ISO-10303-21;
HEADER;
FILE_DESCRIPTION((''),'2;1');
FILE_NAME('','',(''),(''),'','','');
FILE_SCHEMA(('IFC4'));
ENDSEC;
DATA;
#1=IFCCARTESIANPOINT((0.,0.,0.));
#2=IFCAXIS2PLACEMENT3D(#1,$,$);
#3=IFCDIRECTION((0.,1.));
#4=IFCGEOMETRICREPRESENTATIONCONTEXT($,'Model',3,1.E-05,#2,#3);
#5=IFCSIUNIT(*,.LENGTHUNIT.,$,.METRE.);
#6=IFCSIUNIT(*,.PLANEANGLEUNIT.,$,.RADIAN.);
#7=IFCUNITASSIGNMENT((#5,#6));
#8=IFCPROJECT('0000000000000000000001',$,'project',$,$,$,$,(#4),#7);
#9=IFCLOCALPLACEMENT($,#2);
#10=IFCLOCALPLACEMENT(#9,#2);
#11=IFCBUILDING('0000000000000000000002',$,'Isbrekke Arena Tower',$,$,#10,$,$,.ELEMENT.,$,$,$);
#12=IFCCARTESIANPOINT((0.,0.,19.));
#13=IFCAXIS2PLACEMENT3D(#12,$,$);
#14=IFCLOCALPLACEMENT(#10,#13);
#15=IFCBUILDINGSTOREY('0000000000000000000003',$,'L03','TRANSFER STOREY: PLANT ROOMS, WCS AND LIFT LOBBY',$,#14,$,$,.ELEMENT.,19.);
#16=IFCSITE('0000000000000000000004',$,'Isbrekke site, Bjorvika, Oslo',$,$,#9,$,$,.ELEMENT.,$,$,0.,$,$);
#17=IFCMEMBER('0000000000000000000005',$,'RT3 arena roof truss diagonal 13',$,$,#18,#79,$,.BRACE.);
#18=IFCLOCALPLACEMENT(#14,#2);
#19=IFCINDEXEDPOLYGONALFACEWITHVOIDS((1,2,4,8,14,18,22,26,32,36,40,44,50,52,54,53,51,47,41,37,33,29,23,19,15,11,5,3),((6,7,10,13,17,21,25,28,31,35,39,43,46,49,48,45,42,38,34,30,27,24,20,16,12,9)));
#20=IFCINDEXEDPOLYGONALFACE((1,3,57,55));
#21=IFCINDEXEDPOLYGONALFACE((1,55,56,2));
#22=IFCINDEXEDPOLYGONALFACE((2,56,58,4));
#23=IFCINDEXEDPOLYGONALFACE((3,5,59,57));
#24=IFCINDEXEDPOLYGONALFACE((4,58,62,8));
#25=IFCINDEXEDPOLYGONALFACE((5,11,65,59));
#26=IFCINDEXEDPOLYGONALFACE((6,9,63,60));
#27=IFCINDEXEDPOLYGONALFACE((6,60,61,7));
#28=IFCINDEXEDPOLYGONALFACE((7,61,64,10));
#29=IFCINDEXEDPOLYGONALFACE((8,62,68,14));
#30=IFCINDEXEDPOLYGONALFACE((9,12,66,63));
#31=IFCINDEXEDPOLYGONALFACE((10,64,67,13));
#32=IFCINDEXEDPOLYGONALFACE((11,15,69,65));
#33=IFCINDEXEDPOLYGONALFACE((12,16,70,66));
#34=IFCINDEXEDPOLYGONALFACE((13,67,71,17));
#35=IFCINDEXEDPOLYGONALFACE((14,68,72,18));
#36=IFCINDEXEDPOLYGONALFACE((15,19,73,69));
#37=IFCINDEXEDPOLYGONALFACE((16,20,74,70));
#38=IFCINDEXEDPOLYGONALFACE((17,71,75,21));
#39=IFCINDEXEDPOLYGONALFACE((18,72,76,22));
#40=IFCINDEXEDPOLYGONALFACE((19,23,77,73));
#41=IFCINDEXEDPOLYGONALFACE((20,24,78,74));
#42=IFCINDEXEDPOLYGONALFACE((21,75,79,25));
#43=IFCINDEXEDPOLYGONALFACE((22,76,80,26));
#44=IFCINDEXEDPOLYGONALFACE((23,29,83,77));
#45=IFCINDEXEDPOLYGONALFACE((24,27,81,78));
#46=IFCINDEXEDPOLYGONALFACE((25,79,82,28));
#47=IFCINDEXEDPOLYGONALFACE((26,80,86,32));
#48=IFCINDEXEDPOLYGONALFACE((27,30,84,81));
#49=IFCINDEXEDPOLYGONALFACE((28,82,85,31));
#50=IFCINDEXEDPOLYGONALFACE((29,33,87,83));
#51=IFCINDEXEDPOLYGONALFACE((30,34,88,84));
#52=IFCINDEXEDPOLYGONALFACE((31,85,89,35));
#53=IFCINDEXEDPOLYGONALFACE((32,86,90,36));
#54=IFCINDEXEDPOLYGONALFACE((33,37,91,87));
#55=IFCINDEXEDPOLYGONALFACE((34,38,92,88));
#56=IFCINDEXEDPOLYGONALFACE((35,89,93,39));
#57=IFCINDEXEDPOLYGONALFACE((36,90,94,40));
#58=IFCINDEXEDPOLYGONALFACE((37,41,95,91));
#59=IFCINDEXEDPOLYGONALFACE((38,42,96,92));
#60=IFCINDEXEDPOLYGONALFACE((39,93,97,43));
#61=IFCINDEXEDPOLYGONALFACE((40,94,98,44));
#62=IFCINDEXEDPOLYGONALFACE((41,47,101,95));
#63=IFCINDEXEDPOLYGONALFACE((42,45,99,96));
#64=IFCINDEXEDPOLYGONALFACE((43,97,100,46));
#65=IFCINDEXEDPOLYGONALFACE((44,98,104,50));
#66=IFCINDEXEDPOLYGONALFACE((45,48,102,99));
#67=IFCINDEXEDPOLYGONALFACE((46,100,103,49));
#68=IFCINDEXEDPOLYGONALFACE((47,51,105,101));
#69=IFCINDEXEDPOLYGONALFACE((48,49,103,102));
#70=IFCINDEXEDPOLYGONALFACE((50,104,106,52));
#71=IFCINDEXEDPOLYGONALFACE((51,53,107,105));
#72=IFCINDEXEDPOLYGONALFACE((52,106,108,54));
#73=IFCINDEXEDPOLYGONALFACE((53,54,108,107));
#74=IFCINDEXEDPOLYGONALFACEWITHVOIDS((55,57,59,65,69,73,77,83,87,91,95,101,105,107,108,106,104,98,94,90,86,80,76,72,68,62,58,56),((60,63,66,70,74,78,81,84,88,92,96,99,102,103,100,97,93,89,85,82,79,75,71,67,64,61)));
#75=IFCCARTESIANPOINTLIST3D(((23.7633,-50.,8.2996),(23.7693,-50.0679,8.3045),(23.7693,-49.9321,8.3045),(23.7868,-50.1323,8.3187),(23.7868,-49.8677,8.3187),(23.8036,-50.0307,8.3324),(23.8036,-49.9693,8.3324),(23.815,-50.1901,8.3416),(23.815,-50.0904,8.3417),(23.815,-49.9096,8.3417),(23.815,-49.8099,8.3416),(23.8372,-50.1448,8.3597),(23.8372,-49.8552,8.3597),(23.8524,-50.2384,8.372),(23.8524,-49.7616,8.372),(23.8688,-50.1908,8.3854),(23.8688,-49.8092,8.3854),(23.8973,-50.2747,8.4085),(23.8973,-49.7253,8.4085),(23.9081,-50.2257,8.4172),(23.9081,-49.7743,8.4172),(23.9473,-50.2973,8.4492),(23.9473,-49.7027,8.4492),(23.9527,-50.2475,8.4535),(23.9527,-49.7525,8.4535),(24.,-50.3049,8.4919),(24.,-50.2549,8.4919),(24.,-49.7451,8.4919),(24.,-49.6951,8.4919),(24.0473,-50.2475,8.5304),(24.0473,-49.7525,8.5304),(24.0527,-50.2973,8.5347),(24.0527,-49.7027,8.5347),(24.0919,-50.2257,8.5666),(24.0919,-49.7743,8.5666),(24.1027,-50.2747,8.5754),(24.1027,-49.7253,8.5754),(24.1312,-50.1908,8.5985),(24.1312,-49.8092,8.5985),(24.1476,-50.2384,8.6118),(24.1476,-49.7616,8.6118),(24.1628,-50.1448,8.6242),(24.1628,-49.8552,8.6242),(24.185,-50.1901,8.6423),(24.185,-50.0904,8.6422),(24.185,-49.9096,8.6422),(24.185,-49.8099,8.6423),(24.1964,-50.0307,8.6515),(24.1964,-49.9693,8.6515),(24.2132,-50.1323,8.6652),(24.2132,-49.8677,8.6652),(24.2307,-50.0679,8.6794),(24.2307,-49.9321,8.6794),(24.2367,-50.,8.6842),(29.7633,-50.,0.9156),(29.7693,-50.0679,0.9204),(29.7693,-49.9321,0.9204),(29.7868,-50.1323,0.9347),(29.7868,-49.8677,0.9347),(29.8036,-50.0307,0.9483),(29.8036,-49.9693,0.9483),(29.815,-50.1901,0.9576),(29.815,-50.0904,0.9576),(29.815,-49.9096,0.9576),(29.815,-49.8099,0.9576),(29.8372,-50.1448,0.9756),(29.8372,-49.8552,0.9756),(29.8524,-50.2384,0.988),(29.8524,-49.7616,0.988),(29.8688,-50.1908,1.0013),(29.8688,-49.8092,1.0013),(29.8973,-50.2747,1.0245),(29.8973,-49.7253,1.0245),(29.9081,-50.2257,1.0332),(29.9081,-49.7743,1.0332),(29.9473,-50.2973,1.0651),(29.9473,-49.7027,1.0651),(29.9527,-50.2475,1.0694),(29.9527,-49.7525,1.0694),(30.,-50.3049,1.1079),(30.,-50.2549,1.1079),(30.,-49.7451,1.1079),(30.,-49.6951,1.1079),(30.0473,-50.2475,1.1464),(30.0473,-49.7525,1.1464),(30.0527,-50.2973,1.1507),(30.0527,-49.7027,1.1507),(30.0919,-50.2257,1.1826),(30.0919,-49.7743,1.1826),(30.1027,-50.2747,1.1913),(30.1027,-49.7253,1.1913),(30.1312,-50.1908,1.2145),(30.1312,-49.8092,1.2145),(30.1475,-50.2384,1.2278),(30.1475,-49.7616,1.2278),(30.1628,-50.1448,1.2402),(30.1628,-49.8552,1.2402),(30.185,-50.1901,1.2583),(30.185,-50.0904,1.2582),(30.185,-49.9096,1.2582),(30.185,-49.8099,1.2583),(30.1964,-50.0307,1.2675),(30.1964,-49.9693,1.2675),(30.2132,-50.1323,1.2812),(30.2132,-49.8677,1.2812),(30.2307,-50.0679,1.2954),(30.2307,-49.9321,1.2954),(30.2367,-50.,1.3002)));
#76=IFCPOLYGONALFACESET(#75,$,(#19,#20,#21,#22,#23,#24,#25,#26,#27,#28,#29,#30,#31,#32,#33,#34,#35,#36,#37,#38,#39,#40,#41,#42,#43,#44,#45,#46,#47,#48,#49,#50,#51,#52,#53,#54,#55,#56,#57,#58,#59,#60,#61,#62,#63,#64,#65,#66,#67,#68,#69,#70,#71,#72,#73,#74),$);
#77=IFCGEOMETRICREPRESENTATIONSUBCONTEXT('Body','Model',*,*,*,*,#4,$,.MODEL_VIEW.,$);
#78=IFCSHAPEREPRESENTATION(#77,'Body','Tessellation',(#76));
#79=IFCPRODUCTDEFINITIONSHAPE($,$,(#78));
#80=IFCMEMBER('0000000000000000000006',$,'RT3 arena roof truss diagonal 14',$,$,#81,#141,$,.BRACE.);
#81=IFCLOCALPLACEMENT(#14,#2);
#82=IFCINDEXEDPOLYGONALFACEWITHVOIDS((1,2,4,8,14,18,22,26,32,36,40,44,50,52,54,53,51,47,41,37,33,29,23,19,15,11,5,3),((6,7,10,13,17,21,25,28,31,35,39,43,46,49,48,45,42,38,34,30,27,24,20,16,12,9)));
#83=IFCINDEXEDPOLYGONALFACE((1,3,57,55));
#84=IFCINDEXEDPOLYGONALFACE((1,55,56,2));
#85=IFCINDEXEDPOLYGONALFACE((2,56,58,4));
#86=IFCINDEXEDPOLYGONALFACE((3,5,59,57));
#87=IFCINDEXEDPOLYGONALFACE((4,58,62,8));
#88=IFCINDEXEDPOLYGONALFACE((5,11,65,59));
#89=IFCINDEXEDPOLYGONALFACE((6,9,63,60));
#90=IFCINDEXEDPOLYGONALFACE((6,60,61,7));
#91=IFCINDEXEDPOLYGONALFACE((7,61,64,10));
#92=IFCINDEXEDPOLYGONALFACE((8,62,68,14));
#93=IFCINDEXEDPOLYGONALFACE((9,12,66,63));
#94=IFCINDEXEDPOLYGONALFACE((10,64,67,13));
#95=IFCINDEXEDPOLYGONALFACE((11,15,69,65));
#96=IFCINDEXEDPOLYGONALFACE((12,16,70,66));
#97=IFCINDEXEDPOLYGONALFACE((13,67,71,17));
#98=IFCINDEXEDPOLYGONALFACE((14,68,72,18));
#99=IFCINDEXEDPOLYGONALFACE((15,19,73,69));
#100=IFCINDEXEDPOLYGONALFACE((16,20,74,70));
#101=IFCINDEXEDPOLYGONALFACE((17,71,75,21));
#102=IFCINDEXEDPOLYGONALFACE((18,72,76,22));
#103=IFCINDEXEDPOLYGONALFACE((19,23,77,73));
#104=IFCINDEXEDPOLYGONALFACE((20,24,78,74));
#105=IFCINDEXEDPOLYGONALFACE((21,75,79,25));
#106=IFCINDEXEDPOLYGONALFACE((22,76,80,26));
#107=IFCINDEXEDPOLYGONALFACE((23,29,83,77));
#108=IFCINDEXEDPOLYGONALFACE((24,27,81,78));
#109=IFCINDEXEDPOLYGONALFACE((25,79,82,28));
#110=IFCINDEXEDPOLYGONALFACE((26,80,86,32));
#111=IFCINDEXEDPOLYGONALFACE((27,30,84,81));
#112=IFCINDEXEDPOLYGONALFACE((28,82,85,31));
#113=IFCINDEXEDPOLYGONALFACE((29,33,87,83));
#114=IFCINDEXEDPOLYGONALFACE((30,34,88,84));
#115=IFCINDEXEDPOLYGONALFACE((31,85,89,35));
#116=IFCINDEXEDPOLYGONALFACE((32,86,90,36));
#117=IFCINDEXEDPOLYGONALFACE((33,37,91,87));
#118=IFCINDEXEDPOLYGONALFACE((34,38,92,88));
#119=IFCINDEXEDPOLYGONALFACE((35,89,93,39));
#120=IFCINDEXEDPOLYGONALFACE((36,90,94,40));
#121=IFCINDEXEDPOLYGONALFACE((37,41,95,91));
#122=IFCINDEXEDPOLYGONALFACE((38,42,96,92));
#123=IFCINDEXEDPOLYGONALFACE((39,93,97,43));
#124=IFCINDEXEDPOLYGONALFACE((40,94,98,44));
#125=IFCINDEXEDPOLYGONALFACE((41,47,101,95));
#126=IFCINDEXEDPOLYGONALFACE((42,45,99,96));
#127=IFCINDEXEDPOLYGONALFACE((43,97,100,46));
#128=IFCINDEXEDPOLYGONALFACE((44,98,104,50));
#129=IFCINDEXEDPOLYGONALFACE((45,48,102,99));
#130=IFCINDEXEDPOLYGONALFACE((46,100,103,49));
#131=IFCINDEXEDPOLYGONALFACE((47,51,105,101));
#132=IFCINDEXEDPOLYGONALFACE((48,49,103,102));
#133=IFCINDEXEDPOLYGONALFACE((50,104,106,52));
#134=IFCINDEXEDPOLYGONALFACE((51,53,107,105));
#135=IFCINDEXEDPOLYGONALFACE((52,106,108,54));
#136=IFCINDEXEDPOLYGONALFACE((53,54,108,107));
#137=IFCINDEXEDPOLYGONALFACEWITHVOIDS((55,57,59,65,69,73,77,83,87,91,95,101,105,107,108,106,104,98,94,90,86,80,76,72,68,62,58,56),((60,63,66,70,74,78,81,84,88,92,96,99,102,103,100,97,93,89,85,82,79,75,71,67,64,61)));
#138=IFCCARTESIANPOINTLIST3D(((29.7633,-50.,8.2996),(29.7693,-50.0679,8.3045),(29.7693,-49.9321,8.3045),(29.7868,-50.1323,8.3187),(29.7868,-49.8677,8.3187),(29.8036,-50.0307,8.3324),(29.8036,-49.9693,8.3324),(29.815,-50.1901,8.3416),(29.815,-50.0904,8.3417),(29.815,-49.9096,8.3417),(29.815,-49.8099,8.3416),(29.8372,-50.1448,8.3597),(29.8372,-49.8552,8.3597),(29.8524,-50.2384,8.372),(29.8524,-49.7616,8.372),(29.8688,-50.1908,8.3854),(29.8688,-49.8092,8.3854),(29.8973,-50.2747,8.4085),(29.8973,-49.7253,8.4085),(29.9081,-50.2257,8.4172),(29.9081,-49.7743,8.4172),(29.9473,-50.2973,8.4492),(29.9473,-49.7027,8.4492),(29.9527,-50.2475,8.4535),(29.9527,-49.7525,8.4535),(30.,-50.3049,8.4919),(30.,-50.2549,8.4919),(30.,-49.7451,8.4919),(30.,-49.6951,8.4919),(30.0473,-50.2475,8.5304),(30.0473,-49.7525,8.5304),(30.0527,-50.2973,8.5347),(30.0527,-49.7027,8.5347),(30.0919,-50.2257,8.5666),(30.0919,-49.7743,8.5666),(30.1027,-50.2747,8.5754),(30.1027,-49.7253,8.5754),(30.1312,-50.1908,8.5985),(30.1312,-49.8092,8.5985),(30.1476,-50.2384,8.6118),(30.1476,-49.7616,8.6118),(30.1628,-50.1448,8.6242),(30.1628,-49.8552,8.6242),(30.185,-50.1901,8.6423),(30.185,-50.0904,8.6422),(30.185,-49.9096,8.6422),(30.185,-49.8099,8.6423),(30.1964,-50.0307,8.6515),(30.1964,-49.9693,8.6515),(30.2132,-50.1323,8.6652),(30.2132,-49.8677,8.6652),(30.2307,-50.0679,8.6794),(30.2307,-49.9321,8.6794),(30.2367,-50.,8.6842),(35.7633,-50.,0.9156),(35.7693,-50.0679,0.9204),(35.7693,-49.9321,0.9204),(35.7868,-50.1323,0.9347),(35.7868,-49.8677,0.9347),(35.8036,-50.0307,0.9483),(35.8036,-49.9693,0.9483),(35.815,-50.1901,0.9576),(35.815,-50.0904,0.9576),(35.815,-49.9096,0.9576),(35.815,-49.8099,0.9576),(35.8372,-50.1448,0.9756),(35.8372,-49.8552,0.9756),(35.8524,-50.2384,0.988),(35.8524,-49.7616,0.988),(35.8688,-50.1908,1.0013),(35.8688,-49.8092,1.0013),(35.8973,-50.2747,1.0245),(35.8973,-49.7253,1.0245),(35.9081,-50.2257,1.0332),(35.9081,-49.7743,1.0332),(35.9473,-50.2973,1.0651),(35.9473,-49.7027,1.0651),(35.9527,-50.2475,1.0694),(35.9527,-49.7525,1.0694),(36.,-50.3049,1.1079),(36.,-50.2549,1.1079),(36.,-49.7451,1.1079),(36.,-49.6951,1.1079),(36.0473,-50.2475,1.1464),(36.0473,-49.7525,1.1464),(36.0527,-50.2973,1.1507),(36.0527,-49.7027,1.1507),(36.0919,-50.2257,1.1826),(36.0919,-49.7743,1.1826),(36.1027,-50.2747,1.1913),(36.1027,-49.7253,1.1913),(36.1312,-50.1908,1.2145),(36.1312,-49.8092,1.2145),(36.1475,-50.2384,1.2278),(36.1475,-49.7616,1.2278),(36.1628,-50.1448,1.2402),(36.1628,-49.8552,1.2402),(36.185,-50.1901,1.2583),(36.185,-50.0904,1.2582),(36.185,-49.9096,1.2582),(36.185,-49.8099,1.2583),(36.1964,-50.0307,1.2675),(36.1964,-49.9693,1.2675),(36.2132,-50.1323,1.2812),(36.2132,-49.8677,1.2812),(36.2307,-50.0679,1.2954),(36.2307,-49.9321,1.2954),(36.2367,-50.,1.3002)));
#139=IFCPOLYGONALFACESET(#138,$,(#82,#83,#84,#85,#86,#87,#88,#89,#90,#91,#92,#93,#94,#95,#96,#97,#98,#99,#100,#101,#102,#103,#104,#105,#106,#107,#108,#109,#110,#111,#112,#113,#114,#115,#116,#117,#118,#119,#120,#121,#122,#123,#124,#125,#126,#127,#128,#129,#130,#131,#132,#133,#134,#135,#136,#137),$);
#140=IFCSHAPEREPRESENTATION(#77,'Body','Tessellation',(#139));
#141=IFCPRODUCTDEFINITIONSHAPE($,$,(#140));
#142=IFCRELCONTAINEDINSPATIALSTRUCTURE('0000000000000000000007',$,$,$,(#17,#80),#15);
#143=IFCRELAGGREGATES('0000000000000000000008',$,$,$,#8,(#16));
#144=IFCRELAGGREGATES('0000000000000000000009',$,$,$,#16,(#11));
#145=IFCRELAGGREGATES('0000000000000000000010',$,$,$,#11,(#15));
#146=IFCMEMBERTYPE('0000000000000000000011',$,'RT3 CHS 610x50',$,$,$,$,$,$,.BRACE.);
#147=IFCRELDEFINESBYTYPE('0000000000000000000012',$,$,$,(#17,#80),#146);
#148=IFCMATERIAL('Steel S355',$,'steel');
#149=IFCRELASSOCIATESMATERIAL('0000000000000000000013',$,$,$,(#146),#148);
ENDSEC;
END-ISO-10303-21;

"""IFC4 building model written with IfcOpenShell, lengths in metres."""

from ifc_helpers import new_model, si_unit, direction, frame, origin, origin_2d, place, context, subcontext, project, spatial, hollow_circle, extrude, material, material_profile, profile_set, type_object, element, save


model = new_model("IFC4")

# Units and contexts
model_context = context("Model", 3, precision=1e-05, world=origin(), true_north=direction((0.0, 1.0)))
body_context = subcontext(model_context, "Body", "Model", "MODEL_VIEW")
ifc_project = project(units=[si_unit("LENGTHUNIT", "METRE"), si_unit("PLANEANGLEUNIT", "RADIAN")], contexts=[model_context])

# Site, building, storey
site_placement = place(None, origin())
site = spatial("IfcSite", under=ifc_project, at=site_placement, Name="Isbrekke site, Bjorvika, Oslo", CompositionType="ELEMENT", RefElevation=0.0)
building_placement = place(site_placement, origin())
building = spatial("IfcBuilding", under=site, at=building_placement, Name="Isbrekke Arena Tower", CompositionType="ELEMENT")
storey_placement = place(building_placement, frame((0.0, 0.0, 19.0)))
storey = spatial("IfcBuildingStorey", under=building, at=storey_placement, Name="L03", Description="TRANSFER STOREY: PLANT ROOMS, WCS AND LIFT LOBBY", CompositionType="ELEMENT", Elevation=19.0)

# Members
ifc_material_1 = material(Name="Steel S355", Category="steel")
ifc_material_profile_1 = material_profile(ifc_material_1, hollow_circle(Radius=0.3049, WallThickness=0.05, at=origin_2d()), Name="CHS 610x50")
ifc_profile_set_1 = profile_set([ifc_material_profile_1], Name="Steel S355")
member_type_1 = type_object("IfcMemberType", Name="RT3 CHS 610x50", PredefinedType="BRACE", material=ifc_profile_set_1)
for number, where, z_axis, x_axis, name in (
    (1, (24.0, -50.0, 8.4919), (0.630623, 0.0, -0.77609), (0.0, 1.0, 0.0), "RT3 arena roof truss diagonal 13"),
    (2, (30.0, -50.0, 8.4919), (0.630623, 0.0, -0.77609), (0.0, 1.0, 0.0), "RT3 arena roof truss diagonal 14"),
):
    element("IfcMember", number, at=place(storey_placement, frame(where, z_axis=z_axis, x_axis=x_axis)), inside=storey, type_object=member_type_1, Name=name, PredefinedType="BRACE", context=body_context, shape_type="SweptSolid", body=[
        extrude(hollow_circle(Radius=0.3049, WallThickness=0.05, at=origin_2d()), origin(), (0.0, 0.0, 1.0), 9.5144),
    ])

save(model, "model.ifc")
